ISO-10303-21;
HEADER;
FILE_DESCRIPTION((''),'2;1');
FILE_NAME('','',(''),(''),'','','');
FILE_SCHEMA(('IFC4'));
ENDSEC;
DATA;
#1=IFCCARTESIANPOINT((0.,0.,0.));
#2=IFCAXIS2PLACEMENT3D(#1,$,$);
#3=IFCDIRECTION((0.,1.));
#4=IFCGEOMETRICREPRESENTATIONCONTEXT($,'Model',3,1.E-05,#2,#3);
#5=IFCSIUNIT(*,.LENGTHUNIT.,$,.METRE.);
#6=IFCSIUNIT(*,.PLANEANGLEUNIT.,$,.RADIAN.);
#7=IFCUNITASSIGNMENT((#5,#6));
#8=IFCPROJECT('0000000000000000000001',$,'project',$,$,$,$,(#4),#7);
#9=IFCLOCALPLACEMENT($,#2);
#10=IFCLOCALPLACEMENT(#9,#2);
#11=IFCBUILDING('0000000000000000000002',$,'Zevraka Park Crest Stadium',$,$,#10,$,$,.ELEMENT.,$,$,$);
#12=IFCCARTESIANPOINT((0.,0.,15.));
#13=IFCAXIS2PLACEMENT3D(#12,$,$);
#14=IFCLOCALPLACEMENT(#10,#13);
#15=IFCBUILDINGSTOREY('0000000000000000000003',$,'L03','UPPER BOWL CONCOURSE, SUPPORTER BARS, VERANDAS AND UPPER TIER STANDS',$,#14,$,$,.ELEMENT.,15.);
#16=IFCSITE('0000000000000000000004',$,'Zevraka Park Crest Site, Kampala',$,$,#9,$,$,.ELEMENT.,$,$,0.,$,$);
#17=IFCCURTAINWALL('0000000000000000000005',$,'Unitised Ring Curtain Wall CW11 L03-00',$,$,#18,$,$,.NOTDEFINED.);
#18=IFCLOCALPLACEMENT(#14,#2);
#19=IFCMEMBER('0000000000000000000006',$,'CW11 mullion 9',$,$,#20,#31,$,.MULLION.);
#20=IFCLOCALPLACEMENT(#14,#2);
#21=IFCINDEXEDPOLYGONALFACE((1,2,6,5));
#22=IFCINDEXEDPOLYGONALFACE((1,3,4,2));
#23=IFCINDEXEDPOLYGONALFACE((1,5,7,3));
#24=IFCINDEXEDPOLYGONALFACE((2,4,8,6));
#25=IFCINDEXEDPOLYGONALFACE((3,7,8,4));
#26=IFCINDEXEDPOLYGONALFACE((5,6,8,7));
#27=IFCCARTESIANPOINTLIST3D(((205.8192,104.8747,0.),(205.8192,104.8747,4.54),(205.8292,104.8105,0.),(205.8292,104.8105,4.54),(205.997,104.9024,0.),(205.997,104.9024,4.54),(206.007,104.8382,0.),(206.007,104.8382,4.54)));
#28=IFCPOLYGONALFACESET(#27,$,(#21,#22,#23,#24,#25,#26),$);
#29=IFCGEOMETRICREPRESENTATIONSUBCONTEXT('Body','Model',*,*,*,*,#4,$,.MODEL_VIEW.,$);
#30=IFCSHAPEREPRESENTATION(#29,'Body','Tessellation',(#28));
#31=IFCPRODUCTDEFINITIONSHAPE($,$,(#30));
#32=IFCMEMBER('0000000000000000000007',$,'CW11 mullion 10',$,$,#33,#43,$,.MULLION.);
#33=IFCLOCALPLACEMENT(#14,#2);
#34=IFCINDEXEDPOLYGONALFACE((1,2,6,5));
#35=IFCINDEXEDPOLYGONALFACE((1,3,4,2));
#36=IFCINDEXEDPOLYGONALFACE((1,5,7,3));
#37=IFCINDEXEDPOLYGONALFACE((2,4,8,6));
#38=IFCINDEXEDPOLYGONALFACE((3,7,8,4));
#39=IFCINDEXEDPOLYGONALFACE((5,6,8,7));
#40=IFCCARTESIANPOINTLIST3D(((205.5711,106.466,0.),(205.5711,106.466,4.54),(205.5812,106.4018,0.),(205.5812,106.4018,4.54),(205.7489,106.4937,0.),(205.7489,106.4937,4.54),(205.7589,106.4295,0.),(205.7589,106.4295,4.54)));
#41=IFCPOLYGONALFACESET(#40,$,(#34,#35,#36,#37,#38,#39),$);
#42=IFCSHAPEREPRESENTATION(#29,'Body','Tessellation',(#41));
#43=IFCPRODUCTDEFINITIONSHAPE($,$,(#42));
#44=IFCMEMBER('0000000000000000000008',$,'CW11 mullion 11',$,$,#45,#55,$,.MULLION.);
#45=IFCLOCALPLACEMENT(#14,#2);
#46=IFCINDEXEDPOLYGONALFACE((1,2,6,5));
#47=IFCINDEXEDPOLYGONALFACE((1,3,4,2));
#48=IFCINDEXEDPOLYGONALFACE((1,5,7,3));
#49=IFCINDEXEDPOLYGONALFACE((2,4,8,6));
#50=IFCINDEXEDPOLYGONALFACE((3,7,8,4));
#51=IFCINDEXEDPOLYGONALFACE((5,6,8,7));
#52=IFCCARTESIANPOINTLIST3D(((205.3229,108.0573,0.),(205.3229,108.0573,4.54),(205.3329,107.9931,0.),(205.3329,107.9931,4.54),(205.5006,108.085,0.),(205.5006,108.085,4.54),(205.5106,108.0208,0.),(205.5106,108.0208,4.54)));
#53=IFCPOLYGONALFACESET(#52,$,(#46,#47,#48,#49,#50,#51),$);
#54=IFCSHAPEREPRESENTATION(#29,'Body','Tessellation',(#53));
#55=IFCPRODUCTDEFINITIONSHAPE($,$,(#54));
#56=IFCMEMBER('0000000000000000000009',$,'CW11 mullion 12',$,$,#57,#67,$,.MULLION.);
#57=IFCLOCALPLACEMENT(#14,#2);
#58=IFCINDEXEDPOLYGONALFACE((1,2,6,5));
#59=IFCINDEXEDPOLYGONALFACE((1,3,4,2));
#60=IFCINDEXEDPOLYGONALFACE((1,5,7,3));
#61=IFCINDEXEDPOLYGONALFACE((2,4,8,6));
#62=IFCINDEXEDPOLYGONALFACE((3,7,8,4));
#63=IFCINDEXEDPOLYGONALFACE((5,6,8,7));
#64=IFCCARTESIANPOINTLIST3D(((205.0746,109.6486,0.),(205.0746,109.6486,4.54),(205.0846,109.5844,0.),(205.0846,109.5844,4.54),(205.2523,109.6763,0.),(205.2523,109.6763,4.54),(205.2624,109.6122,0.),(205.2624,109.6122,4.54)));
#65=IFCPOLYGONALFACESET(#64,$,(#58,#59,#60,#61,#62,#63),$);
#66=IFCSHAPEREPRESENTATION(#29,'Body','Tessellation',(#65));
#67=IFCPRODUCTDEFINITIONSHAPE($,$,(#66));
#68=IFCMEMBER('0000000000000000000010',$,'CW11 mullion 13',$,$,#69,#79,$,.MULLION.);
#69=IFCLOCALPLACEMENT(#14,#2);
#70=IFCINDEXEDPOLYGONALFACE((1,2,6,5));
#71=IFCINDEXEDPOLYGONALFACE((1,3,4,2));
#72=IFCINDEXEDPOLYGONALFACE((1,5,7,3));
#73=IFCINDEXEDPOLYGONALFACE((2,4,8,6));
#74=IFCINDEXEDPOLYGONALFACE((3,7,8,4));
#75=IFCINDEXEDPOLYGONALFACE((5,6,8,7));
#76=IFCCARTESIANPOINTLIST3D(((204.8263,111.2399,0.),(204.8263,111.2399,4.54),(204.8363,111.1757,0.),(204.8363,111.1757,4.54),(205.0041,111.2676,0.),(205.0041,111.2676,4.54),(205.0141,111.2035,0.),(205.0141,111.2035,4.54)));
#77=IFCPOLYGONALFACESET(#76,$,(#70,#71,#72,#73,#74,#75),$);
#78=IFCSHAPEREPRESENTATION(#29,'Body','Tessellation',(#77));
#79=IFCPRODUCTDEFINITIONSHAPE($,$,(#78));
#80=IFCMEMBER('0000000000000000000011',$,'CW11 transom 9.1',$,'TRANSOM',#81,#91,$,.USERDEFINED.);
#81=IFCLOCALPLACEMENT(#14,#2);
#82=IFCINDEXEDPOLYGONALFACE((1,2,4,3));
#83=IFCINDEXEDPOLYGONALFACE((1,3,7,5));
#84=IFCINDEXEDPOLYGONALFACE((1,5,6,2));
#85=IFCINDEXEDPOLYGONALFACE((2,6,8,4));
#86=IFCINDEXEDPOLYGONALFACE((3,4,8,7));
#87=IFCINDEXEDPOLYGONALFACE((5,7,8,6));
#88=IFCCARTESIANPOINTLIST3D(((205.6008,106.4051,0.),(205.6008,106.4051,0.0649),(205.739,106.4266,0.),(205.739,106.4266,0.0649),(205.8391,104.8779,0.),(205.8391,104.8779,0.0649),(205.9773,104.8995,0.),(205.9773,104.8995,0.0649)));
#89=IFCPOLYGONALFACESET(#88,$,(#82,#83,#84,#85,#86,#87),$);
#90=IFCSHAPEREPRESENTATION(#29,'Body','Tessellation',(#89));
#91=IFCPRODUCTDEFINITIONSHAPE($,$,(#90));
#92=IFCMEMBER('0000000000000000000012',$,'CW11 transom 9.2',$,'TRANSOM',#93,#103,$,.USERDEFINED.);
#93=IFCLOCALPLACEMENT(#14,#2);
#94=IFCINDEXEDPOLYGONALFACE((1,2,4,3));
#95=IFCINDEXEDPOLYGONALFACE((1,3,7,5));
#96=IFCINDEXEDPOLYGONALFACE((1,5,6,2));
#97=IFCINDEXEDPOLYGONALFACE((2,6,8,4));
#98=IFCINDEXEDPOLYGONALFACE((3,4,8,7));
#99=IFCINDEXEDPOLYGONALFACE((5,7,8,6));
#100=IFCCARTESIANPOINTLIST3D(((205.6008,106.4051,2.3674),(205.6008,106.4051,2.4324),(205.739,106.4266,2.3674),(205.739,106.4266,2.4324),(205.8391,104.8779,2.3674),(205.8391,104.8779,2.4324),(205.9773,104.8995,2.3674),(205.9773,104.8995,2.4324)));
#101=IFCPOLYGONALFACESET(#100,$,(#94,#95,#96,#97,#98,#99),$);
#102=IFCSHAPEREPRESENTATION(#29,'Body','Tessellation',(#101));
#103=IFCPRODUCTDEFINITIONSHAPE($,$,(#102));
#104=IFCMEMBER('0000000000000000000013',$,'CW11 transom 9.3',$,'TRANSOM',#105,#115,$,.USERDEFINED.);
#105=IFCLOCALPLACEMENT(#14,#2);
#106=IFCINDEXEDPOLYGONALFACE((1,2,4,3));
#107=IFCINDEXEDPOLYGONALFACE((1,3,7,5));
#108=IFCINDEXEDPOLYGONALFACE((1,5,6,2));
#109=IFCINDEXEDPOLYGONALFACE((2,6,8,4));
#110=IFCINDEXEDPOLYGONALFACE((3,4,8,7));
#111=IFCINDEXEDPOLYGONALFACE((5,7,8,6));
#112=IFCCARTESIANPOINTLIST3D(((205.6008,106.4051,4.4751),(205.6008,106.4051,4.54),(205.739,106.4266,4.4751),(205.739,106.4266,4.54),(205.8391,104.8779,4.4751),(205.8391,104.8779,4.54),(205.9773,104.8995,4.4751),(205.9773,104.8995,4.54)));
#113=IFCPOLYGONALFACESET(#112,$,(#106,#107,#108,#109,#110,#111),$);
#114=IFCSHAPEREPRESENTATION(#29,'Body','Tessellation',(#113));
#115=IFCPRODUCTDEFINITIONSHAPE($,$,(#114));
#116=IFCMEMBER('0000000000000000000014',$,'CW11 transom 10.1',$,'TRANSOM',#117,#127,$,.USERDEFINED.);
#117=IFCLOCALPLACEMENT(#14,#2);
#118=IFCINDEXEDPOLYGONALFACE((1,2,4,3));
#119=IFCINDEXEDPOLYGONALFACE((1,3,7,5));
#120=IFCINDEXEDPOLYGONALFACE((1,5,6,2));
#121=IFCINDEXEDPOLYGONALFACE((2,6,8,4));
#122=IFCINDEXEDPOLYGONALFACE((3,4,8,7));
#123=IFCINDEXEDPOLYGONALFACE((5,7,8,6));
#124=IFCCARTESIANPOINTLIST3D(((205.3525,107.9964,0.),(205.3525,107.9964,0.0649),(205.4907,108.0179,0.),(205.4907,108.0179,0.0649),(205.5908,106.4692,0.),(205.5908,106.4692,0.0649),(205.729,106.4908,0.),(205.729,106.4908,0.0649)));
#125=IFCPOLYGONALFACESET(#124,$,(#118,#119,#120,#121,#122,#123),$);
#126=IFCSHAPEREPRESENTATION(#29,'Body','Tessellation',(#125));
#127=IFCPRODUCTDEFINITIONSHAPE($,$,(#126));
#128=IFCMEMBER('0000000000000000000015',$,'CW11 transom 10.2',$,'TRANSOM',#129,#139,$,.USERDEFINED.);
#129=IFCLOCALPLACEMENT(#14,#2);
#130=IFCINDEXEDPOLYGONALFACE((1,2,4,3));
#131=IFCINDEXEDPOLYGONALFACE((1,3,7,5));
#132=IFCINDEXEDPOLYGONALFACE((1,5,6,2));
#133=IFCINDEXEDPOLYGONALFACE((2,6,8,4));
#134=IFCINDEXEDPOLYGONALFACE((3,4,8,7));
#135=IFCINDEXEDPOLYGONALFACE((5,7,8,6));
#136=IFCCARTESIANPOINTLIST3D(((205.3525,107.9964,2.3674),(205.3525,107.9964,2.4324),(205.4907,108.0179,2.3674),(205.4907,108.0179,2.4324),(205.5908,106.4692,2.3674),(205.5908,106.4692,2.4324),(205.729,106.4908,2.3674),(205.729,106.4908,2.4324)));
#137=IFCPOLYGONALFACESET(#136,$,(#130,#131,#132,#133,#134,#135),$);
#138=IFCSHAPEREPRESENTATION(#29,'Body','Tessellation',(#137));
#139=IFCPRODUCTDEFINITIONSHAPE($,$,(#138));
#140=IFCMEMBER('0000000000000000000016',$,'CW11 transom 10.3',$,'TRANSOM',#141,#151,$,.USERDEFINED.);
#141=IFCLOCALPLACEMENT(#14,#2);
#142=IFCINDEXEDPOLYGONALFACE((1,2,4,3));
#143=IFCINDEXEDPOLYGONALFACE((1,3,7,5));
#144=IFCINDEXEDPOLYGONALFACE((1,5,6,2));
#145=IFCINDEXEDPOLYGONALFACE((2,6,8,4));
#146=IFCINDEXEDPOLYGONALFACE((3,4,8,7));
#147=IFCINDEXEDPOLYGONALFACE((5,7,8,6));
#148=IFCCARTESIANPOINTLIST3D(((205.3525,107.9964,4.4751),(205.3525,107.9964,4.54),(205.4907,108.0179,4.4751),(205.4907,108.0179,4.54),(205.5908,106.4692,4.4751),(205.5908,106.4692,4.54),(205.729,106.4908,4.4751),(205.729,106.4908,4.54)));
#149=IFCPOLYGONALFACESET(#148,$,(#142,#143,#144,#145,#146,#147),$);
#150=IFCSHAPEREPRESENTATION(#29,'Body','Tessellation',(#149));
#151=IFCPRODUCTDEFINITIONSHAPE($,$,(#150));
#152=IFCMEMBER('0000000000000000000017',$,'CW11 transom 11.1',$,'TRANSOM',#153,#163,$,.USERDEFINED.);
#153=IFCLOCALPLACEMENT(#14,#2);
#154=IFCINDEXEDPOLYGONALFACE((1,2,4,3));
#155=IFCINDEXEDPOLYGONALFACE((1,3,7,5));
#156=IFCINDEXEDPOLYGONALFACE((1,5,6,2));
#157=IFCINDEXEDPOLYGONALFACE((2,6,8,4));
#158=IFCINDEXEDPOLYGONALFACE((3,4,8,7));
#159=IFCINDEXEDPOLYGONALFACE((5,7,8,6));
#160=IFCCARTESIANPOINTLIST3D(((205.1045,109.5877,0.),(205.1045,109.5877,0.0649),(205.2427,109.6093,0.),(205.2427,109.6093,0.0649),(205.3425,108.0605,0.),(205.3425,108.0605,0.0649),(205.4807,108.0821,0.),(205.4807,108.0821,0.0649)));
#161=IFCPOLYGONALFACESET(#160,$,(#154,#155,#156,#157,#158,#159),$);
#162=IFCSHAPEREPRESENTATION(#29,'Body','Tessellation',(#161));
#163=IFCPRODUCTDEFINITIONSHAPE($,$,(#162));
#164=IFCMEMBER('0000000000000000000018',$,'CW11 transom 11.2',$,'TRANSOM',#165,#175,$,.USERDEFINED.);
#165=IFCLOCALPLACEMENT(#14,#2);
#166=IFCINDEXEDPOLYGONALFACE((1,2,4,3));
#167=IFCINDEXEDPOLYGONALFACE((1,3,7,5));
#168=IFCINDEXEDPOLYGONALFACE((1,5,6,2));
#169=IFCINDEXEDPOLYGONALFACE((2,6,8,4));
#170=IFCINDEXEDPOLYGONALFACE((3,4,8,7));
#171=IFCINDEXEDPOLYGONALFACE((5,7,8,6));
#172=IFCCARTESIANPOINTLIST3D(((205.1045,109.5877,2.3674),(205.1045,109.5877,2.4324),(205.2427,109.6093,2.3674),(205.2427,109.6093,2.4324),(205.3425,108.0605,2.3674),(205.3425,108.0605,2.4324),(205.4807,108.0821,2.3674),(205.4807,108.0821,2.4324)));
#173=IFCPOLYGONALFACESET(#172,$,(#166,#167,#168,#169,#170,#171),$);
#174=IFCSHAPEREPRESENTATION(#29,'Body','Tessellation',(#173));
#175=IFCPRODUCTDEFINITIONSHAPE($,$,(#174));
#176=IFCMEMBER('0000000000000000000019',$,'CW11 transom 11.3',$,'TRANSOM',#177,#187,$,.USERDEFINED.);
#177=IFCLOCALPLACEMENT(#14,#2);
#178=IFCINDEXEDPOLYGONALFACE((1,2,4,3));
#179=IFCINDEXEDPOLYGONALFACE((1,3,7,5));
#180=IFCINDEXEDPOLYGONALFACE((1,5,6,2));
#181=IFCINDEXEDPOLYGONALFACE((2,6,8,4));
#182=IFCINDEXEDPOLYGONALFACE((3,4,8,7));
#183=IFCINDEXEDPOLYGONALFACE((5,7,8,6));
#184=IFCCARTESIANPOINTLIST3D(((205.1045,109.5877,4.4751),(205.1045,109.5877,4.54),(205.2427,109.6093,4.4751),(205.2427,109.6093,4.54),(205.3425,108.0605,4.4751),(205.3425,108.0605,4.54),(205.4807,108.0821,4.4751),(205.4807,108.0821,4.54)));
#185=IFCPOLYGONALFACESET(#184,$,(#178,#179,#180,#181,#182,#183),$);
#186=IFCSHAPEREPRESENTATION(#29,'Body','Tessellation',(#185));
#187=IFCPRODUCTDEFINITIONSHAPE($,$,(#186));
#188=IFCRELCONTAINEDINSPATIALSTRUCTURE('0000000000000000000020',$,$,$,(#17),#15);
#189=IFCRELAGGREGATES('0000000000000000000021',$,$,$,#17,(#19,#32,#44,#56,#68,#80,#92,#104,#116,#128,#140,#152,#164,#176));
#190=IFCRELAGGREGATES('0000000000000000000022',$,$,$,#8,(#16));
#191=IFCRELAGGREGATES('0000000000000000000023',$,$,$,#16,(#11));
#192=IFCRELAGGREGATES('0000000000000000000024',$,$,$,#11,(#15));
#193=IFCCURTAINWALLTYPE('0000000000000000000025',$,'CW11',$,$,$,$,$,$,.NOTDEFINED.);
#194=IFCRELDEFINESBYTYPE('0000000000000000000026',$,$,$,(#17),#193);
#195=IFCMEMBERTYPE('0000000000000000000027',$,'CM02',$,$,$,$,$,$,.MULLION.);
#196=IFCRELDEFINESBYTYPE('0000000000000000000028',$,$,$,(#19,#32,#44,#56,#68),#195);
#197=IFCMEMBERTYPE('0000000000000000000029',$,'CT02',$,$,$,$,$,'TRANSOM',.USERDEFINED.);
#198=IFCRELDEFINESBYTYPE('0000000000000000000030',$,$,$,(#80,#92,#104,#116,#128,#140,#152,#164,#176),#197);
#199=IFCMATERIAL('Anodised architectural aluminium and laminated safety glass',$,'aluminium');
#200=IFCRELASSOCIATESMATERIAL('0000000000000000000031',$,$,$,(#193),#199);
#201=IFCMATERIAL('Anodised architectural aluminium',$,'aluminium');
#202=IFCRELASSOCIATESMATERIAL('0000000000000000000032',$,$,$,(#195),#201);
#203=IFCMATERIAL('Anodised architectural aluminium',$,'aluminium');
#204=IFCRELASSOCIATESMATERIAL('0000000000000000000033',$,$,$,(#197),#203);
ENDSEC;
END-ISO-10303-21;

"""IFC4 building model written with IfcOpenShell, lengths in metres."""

from ifc_helpers import new_model, si_unit, direction, frame, origin, origin_2d, place, context, subcontext, project, spatial, rectangle, extrude, material, material_profile, profile_set, type_object, element, aggregate, save


model = new_model("IFC4")

# Units and contexts
model_context = context("Model", 3, precision=1e-05, world=origin(), true_north=direction((0.0, 1.0)))
body_context = subcontext(model_context, "Body", "Model", "MODEL_VIEW")
ifc_project = project(units=[si_unit("LENGTHUNIT", "METRE"), si_unit("PLANEANGLEUNIT", "RADIAN")], contexts=[model_context])

# Site, building, storey
site_placement = place(None, origin())
site = spatial("IfcSite", under=ifc_project, at=site_placement, Name="Zevraka Park Crest Site, Kampala", CompositionType="ELEMENT", RefElevation=0.0)
building_placement = place(site_placement, origin())
building = spatial("IfcBuilding", under=site, at=building_placement, Name="Zevraka Park Crest Stadium", CompositionType="ELEMENT")
storey_placement = place(building_placement, frame((0.0, 0.0, 15.0)))
storey = spatial("IfcBuildingStorey", under=building, at=storey_placement, Name="L03", Description="UPPER BOWL CONCOURSE, SUPPORTER BARS, VERANDAS AND UPPER TIER STANDS", CompositionType="ELEMENT", Elevation=15.0)

# Curtain wall, members
ifc_material_1 = material(Name="Anodised architectural aluminium and laminated safety glass", Category="aluminium")
curtain_wall_type = type_object("IfcCurtainWallType", Name="CW11", PredefinedType="NOTDEFINED", material=ifc_material_1)
curtain_wall_placement = place(storey_placement, origin())
curtain_wall = element("IfcCurtainWall", 1, at=curtain_wall_placement, inside=storey, type_object=curtain_wall_type, Name="Unitised Ring Curtain Wall CW11 L03-00", PredefinedType="NOTDEFINED")
ifc_material_2 = material(Name="Anodised architectural aluminium", Category="aluminium")
ifc_material_profile_1 = material_profile(ifc_material_2, rectangle(XDim=0.1799, YDim=0.0649, at=origin_2d()), Name="ALU MULLION 180x65")
ifc_profile_set_1 = profile_set([ifc_material_profile_1], Name="Anodised architectural aluminium")
member_type_1 = type_object("IfcMemberType", Name="CM02", PredefinedType="MULLION", material=ifc_profile_set_1)
member_1_placement = place(storey_placement, frame((205.9131, 104.8564, 0.0), z_axis=(0.0, 0.0, 1.0), x_axis=(-0.988051, -0.154128, 0.0)))
member_1 = element("IfcMember", 2, at=member_1_placement, type_object=member_type_1, Name="CW11 mullion 9", PredefinedType="MULLION", context=body_context, shape_type="SweptSolid", body=[
    extrude(rectangle(XDim=0.1799, YDim=0.0649, at=origin_2d()), origin(), (0.0, 0.0, 1.0), 4.54),
])
member_2_placement = place(storey_placement, frame((205.665, 106.4478, 0.0), z_axis=(0.0, 0.0, 1.0), x_axis=(-0.988051, -0.154128, 0.0)))
member_2 = element("IfcMember", 3, at=member_2_placement, type_object=member_type_1, Name="CW11 mullion 10", PredefinedType="MULLION", context=body_context, shape_type="SweptSolid", body=[
    extrude(rectangle(XDim=0.1799, YDim=0.0649, at=origin_2d()), origin(), (0.0, 0.0, 1.0), 4.54),
])
member_3_placement = place(storey_placement, frame((205.4167, 108.0391, 0.0), z_axis=(0.0, 0.0, 1.0), x_axis=(-0.988051, -0.154128, 0.0)))
member_3 = element("IfcMember", 4, at=member_3_placement, type_object=member_type_1, Name="CW11 mullion 11", PredefinedType="MULLION", context=body_context, shape_type="SweptSolid", body=[
    extrude(rectangle(XDim=0.1799, YDim=0.0649, at=origin_2d()), origin(), (0.0, 0.0, 1.0), 4.54),
])
member_4_placement = place(storey_placement, frame((205.1685, 109.6304, 0.0), z_axis=(0.0, 0.0, 1.0), x_axis=(-0.988051, -0.154128, 0.0)))
member_4 = element("IfcMember", 5, at=member_4_placement, type_object=member_type_1, Name="CW11 mullion 12", PredefinedType="MULLION", context=body_context, shape_type="SweptSolid", body=[
    extrude(rectangle(XDim=0.1799, YDim=0.0649, at=origin_2d()), origin(), (0.0, 0.0, 1.0), 4.54),
])
member_5_placement = place(storey_placement, frame((204.9202, 111.2217, 0.0), z_axis=(0.0, 0.0, 1.0), x_axis=(-0.988051, -0.154128, 0.0)))
member_5 = element("IfcMember", 6, at=member_5_placement, type_object=member_type_1, Name="CW11 mullion 13", PredefinedType="MULLION", context=body_context, shape_type="SweptSolid", body=[
    extrude(rectangle(XDim=0.1799, YDim=0.0649, at=origin_2d()), origin(), (0.0, 0.0, 1.0), 4.54),
])
ifc_material_3 = material(Name="Anodised architectural aluminium", Category="aluminium")
ifc_material_profile_2 = material_profile(ifc_material_3, rectangle(XDim=0.1399, YDim=0.0649, at=origin_2d()), Name="ALU TRANSOM 140x65")
ifc_profile_set_2 = profile_set([ifc_material_profile_2], Name="Anodised architectural aluminium")
member_type_2 = type_object("IfcMemberType", Name="CT02", ElementType="TRANSOM", PredefinedType="USERDEFINED", material=ifc_profile_set_2)
member_6_placement = place(storey_placement, frame((205.9082, 104.8887, 0.0325), z_axis=(-0.15417, 0.988044, 0.0), x_axis=(-0.988044, -0.15417, 0.0)))
member_6 = element("IfcMember", 7, at=member_6_placement, type_object=member_type_2, Name="CW11 transom 9.1", ObjectType="TRANSOM", PredefinedType="USERDEFINED", context=body_context, shape_type="SweptSolid", body=[
    extrude(rectangle(XDim=0.1399, YDim=0.0649, at=origin_2d()), origin(), (0.0, 0.0, 1.0), 1.5457),
])
member_7_placement = place(storey_placement, frame((205.9082, 104.8887, 2.3999), z_axis=(-0.15417, 0.988044, 0.0), x_axis=(-0.988044, -0.15417, 0.0)))
member_7 = element("IfcMember", 8, at=member_7_placement, type_object=member_type_2, Name="CW11 transom 9.2", ObjectType="TRANSOM", PredefinedType="USERDEFINED", context=body_context, shape_type="SweptSolid", body=[
    extrude(rectangle(XDim=0.1399, YDim=0.0649, at=origin_2d()), origin(), (0.0, 0.0, 1.0), 1.5457),
])
member_8_placement = place(storey_placement, frame((205.9082, 104.8887, 4.5076), z_axis=(-0.15417, 0.988044, 0.0), x_axis=(-0.988044, -0.15417, 0.0)))
member_8 = element("IfcMember", 9, at=member_8_placement, type_object=member_type_2, Name="CW11 transom 9.3", ObjectType="TRANSOM", PredefinedType="USERDEFINED", context=body_context, shape_type="SweptSolid", body=[
    extrude(rectangle(XDim=0.1399, YDim=0.0649, at=origin_2d()), origin(), (0.0, 0.0, 1.0), 1.5457),
])
member_9_placement = place(storey_placement, frame((205.6599, 106.48, 0.0325), z_axis=(-0.15417, 0.988044, 0.0), x_axis=(-0.988044, -0.15417, 0.0)))
member_9 = element("IfcMember", 10, at=member_9_placement, type_object=member_type_2, Name="CW11 transom 10.1", ObjectType="TRANSOM", PredefinedType="USERDEFINED", context=body_context, shape_type="SweptSolid", body=[
    extrude(rectangle(XDim=0.1399, YDim=0.0649, at=origin_2d()), origin(), (0.0, 0.0, 1.0), 1.5457),
])
member_10_placement = place(storey_placement, frame((205.6599, 106.48, 2.3999), z_axis=(-0.15417, 0.988044, 0.0), x_axis=(-0.988044, -0.15417, 0.0)))
member_10 = element("IfcMember", 11, at=member_10_placement, type_object=member_type_2, Name="CW11 transom 10.2", ObjectType="TRANSOM", PredefinedType="USERDEFINED", context=body_context, shape_type="SweptSolid", body=[
    extrude(rectangle(XDim=0.1399, YDim=0.0649, at=origin_2d()), origin(), (0.0, 0.0, 1.0), 1.5457),
])
member_11_placement = place(storey_placement, frame((205.6599, 106.48, 4.5076), z_axis=(-0.15417, 0.988044, 0.0), x_axis=(-0.988044, -0.15417, 0.0)))
member_11 = element("IfcMember", 12, at=member_11_placement, type_object=member_type_2, Name="CW11 transom 10.3", ObjectType="TRANSOM", PredefinedType="USERDEFINED", context=body_context, shape_type="SweptSolid", body=[
    extrude(rectangle(XDim=0.1399, YDim=0.0649, at=origin_2d()), origin(), (0.0, 0.0, 1.0), 1.5457),
])
member_12_placement = place(storey_placement, frame((205.4116, 108.0713, 0.0325), z_axis=(-0.154015, 0.988068, 0.0), x_axis=(-0.988068, -0.154015, 0.0)))
member_12 = element("IfcMember", 13, at=member_12_placement, type_object=member_type_2, Name="CW11 transom 11.1", ObjectType="TRANSOM", PredefinedType="USERDEFINED", context=body_context, shape_type="SweptSolid", body=[
    extrude(rectangle(XDim=0.1399, YDim=0.0649, at=origin_2d()), origin(), (0.0, 0.0, 1.0), 1.5457),
])
member_13_placement = place(storey_placement, frame((205.4116, 108.0713, 2.3999), z_axis=(-0.154015, 0.988068, 0.0), x_axis=(-0.988068, -0.154015, 0.0)))
member_13 = element("IfcMember", 14, at=member_13_placement, type_object=member_type_2, Name="CW11 transom 11.2", ObjectType="TRANSOM", PredefinedType="USERDEFINED", context=body_context, shape_type="SweptSolid", body=[
    extrude(rectangle(XDim=0.1399, YDim=0.0649, at=origin_2d()), origin(), (0.0, 0.0, 1.0), 1.5457),
])
member_14_placement = place(storey_placement, frame((205.4116, 108.0713, 4.5076), z_axis=(-0.154015, 0.988068, 0.0), x_axis=(-0.988068, -0.154015, 0.0)))
member_14 = element("IfcMember", 15, at=member_14_placement, type_object=member_type_2, Name="CW11 transom 11.3", ObjectType="TRANSOM", PredefinedType="USERDEFINED", context=body_context, shape_type="SweptSolid", body=[
    extrude(rectangle(XDim=0.1399, YDim=0.0649, at=origin_2d()), origin(), (0.0, 0.0, 1.0), 1.5457),
])
aggregate(curtain_wall, [member_1, member_2, member_3, member_4, member_5, member_6, member_7, member_8, member_9, member_10, member_11, member_12, member_13, member_14])

save(model, "model.ifc")
